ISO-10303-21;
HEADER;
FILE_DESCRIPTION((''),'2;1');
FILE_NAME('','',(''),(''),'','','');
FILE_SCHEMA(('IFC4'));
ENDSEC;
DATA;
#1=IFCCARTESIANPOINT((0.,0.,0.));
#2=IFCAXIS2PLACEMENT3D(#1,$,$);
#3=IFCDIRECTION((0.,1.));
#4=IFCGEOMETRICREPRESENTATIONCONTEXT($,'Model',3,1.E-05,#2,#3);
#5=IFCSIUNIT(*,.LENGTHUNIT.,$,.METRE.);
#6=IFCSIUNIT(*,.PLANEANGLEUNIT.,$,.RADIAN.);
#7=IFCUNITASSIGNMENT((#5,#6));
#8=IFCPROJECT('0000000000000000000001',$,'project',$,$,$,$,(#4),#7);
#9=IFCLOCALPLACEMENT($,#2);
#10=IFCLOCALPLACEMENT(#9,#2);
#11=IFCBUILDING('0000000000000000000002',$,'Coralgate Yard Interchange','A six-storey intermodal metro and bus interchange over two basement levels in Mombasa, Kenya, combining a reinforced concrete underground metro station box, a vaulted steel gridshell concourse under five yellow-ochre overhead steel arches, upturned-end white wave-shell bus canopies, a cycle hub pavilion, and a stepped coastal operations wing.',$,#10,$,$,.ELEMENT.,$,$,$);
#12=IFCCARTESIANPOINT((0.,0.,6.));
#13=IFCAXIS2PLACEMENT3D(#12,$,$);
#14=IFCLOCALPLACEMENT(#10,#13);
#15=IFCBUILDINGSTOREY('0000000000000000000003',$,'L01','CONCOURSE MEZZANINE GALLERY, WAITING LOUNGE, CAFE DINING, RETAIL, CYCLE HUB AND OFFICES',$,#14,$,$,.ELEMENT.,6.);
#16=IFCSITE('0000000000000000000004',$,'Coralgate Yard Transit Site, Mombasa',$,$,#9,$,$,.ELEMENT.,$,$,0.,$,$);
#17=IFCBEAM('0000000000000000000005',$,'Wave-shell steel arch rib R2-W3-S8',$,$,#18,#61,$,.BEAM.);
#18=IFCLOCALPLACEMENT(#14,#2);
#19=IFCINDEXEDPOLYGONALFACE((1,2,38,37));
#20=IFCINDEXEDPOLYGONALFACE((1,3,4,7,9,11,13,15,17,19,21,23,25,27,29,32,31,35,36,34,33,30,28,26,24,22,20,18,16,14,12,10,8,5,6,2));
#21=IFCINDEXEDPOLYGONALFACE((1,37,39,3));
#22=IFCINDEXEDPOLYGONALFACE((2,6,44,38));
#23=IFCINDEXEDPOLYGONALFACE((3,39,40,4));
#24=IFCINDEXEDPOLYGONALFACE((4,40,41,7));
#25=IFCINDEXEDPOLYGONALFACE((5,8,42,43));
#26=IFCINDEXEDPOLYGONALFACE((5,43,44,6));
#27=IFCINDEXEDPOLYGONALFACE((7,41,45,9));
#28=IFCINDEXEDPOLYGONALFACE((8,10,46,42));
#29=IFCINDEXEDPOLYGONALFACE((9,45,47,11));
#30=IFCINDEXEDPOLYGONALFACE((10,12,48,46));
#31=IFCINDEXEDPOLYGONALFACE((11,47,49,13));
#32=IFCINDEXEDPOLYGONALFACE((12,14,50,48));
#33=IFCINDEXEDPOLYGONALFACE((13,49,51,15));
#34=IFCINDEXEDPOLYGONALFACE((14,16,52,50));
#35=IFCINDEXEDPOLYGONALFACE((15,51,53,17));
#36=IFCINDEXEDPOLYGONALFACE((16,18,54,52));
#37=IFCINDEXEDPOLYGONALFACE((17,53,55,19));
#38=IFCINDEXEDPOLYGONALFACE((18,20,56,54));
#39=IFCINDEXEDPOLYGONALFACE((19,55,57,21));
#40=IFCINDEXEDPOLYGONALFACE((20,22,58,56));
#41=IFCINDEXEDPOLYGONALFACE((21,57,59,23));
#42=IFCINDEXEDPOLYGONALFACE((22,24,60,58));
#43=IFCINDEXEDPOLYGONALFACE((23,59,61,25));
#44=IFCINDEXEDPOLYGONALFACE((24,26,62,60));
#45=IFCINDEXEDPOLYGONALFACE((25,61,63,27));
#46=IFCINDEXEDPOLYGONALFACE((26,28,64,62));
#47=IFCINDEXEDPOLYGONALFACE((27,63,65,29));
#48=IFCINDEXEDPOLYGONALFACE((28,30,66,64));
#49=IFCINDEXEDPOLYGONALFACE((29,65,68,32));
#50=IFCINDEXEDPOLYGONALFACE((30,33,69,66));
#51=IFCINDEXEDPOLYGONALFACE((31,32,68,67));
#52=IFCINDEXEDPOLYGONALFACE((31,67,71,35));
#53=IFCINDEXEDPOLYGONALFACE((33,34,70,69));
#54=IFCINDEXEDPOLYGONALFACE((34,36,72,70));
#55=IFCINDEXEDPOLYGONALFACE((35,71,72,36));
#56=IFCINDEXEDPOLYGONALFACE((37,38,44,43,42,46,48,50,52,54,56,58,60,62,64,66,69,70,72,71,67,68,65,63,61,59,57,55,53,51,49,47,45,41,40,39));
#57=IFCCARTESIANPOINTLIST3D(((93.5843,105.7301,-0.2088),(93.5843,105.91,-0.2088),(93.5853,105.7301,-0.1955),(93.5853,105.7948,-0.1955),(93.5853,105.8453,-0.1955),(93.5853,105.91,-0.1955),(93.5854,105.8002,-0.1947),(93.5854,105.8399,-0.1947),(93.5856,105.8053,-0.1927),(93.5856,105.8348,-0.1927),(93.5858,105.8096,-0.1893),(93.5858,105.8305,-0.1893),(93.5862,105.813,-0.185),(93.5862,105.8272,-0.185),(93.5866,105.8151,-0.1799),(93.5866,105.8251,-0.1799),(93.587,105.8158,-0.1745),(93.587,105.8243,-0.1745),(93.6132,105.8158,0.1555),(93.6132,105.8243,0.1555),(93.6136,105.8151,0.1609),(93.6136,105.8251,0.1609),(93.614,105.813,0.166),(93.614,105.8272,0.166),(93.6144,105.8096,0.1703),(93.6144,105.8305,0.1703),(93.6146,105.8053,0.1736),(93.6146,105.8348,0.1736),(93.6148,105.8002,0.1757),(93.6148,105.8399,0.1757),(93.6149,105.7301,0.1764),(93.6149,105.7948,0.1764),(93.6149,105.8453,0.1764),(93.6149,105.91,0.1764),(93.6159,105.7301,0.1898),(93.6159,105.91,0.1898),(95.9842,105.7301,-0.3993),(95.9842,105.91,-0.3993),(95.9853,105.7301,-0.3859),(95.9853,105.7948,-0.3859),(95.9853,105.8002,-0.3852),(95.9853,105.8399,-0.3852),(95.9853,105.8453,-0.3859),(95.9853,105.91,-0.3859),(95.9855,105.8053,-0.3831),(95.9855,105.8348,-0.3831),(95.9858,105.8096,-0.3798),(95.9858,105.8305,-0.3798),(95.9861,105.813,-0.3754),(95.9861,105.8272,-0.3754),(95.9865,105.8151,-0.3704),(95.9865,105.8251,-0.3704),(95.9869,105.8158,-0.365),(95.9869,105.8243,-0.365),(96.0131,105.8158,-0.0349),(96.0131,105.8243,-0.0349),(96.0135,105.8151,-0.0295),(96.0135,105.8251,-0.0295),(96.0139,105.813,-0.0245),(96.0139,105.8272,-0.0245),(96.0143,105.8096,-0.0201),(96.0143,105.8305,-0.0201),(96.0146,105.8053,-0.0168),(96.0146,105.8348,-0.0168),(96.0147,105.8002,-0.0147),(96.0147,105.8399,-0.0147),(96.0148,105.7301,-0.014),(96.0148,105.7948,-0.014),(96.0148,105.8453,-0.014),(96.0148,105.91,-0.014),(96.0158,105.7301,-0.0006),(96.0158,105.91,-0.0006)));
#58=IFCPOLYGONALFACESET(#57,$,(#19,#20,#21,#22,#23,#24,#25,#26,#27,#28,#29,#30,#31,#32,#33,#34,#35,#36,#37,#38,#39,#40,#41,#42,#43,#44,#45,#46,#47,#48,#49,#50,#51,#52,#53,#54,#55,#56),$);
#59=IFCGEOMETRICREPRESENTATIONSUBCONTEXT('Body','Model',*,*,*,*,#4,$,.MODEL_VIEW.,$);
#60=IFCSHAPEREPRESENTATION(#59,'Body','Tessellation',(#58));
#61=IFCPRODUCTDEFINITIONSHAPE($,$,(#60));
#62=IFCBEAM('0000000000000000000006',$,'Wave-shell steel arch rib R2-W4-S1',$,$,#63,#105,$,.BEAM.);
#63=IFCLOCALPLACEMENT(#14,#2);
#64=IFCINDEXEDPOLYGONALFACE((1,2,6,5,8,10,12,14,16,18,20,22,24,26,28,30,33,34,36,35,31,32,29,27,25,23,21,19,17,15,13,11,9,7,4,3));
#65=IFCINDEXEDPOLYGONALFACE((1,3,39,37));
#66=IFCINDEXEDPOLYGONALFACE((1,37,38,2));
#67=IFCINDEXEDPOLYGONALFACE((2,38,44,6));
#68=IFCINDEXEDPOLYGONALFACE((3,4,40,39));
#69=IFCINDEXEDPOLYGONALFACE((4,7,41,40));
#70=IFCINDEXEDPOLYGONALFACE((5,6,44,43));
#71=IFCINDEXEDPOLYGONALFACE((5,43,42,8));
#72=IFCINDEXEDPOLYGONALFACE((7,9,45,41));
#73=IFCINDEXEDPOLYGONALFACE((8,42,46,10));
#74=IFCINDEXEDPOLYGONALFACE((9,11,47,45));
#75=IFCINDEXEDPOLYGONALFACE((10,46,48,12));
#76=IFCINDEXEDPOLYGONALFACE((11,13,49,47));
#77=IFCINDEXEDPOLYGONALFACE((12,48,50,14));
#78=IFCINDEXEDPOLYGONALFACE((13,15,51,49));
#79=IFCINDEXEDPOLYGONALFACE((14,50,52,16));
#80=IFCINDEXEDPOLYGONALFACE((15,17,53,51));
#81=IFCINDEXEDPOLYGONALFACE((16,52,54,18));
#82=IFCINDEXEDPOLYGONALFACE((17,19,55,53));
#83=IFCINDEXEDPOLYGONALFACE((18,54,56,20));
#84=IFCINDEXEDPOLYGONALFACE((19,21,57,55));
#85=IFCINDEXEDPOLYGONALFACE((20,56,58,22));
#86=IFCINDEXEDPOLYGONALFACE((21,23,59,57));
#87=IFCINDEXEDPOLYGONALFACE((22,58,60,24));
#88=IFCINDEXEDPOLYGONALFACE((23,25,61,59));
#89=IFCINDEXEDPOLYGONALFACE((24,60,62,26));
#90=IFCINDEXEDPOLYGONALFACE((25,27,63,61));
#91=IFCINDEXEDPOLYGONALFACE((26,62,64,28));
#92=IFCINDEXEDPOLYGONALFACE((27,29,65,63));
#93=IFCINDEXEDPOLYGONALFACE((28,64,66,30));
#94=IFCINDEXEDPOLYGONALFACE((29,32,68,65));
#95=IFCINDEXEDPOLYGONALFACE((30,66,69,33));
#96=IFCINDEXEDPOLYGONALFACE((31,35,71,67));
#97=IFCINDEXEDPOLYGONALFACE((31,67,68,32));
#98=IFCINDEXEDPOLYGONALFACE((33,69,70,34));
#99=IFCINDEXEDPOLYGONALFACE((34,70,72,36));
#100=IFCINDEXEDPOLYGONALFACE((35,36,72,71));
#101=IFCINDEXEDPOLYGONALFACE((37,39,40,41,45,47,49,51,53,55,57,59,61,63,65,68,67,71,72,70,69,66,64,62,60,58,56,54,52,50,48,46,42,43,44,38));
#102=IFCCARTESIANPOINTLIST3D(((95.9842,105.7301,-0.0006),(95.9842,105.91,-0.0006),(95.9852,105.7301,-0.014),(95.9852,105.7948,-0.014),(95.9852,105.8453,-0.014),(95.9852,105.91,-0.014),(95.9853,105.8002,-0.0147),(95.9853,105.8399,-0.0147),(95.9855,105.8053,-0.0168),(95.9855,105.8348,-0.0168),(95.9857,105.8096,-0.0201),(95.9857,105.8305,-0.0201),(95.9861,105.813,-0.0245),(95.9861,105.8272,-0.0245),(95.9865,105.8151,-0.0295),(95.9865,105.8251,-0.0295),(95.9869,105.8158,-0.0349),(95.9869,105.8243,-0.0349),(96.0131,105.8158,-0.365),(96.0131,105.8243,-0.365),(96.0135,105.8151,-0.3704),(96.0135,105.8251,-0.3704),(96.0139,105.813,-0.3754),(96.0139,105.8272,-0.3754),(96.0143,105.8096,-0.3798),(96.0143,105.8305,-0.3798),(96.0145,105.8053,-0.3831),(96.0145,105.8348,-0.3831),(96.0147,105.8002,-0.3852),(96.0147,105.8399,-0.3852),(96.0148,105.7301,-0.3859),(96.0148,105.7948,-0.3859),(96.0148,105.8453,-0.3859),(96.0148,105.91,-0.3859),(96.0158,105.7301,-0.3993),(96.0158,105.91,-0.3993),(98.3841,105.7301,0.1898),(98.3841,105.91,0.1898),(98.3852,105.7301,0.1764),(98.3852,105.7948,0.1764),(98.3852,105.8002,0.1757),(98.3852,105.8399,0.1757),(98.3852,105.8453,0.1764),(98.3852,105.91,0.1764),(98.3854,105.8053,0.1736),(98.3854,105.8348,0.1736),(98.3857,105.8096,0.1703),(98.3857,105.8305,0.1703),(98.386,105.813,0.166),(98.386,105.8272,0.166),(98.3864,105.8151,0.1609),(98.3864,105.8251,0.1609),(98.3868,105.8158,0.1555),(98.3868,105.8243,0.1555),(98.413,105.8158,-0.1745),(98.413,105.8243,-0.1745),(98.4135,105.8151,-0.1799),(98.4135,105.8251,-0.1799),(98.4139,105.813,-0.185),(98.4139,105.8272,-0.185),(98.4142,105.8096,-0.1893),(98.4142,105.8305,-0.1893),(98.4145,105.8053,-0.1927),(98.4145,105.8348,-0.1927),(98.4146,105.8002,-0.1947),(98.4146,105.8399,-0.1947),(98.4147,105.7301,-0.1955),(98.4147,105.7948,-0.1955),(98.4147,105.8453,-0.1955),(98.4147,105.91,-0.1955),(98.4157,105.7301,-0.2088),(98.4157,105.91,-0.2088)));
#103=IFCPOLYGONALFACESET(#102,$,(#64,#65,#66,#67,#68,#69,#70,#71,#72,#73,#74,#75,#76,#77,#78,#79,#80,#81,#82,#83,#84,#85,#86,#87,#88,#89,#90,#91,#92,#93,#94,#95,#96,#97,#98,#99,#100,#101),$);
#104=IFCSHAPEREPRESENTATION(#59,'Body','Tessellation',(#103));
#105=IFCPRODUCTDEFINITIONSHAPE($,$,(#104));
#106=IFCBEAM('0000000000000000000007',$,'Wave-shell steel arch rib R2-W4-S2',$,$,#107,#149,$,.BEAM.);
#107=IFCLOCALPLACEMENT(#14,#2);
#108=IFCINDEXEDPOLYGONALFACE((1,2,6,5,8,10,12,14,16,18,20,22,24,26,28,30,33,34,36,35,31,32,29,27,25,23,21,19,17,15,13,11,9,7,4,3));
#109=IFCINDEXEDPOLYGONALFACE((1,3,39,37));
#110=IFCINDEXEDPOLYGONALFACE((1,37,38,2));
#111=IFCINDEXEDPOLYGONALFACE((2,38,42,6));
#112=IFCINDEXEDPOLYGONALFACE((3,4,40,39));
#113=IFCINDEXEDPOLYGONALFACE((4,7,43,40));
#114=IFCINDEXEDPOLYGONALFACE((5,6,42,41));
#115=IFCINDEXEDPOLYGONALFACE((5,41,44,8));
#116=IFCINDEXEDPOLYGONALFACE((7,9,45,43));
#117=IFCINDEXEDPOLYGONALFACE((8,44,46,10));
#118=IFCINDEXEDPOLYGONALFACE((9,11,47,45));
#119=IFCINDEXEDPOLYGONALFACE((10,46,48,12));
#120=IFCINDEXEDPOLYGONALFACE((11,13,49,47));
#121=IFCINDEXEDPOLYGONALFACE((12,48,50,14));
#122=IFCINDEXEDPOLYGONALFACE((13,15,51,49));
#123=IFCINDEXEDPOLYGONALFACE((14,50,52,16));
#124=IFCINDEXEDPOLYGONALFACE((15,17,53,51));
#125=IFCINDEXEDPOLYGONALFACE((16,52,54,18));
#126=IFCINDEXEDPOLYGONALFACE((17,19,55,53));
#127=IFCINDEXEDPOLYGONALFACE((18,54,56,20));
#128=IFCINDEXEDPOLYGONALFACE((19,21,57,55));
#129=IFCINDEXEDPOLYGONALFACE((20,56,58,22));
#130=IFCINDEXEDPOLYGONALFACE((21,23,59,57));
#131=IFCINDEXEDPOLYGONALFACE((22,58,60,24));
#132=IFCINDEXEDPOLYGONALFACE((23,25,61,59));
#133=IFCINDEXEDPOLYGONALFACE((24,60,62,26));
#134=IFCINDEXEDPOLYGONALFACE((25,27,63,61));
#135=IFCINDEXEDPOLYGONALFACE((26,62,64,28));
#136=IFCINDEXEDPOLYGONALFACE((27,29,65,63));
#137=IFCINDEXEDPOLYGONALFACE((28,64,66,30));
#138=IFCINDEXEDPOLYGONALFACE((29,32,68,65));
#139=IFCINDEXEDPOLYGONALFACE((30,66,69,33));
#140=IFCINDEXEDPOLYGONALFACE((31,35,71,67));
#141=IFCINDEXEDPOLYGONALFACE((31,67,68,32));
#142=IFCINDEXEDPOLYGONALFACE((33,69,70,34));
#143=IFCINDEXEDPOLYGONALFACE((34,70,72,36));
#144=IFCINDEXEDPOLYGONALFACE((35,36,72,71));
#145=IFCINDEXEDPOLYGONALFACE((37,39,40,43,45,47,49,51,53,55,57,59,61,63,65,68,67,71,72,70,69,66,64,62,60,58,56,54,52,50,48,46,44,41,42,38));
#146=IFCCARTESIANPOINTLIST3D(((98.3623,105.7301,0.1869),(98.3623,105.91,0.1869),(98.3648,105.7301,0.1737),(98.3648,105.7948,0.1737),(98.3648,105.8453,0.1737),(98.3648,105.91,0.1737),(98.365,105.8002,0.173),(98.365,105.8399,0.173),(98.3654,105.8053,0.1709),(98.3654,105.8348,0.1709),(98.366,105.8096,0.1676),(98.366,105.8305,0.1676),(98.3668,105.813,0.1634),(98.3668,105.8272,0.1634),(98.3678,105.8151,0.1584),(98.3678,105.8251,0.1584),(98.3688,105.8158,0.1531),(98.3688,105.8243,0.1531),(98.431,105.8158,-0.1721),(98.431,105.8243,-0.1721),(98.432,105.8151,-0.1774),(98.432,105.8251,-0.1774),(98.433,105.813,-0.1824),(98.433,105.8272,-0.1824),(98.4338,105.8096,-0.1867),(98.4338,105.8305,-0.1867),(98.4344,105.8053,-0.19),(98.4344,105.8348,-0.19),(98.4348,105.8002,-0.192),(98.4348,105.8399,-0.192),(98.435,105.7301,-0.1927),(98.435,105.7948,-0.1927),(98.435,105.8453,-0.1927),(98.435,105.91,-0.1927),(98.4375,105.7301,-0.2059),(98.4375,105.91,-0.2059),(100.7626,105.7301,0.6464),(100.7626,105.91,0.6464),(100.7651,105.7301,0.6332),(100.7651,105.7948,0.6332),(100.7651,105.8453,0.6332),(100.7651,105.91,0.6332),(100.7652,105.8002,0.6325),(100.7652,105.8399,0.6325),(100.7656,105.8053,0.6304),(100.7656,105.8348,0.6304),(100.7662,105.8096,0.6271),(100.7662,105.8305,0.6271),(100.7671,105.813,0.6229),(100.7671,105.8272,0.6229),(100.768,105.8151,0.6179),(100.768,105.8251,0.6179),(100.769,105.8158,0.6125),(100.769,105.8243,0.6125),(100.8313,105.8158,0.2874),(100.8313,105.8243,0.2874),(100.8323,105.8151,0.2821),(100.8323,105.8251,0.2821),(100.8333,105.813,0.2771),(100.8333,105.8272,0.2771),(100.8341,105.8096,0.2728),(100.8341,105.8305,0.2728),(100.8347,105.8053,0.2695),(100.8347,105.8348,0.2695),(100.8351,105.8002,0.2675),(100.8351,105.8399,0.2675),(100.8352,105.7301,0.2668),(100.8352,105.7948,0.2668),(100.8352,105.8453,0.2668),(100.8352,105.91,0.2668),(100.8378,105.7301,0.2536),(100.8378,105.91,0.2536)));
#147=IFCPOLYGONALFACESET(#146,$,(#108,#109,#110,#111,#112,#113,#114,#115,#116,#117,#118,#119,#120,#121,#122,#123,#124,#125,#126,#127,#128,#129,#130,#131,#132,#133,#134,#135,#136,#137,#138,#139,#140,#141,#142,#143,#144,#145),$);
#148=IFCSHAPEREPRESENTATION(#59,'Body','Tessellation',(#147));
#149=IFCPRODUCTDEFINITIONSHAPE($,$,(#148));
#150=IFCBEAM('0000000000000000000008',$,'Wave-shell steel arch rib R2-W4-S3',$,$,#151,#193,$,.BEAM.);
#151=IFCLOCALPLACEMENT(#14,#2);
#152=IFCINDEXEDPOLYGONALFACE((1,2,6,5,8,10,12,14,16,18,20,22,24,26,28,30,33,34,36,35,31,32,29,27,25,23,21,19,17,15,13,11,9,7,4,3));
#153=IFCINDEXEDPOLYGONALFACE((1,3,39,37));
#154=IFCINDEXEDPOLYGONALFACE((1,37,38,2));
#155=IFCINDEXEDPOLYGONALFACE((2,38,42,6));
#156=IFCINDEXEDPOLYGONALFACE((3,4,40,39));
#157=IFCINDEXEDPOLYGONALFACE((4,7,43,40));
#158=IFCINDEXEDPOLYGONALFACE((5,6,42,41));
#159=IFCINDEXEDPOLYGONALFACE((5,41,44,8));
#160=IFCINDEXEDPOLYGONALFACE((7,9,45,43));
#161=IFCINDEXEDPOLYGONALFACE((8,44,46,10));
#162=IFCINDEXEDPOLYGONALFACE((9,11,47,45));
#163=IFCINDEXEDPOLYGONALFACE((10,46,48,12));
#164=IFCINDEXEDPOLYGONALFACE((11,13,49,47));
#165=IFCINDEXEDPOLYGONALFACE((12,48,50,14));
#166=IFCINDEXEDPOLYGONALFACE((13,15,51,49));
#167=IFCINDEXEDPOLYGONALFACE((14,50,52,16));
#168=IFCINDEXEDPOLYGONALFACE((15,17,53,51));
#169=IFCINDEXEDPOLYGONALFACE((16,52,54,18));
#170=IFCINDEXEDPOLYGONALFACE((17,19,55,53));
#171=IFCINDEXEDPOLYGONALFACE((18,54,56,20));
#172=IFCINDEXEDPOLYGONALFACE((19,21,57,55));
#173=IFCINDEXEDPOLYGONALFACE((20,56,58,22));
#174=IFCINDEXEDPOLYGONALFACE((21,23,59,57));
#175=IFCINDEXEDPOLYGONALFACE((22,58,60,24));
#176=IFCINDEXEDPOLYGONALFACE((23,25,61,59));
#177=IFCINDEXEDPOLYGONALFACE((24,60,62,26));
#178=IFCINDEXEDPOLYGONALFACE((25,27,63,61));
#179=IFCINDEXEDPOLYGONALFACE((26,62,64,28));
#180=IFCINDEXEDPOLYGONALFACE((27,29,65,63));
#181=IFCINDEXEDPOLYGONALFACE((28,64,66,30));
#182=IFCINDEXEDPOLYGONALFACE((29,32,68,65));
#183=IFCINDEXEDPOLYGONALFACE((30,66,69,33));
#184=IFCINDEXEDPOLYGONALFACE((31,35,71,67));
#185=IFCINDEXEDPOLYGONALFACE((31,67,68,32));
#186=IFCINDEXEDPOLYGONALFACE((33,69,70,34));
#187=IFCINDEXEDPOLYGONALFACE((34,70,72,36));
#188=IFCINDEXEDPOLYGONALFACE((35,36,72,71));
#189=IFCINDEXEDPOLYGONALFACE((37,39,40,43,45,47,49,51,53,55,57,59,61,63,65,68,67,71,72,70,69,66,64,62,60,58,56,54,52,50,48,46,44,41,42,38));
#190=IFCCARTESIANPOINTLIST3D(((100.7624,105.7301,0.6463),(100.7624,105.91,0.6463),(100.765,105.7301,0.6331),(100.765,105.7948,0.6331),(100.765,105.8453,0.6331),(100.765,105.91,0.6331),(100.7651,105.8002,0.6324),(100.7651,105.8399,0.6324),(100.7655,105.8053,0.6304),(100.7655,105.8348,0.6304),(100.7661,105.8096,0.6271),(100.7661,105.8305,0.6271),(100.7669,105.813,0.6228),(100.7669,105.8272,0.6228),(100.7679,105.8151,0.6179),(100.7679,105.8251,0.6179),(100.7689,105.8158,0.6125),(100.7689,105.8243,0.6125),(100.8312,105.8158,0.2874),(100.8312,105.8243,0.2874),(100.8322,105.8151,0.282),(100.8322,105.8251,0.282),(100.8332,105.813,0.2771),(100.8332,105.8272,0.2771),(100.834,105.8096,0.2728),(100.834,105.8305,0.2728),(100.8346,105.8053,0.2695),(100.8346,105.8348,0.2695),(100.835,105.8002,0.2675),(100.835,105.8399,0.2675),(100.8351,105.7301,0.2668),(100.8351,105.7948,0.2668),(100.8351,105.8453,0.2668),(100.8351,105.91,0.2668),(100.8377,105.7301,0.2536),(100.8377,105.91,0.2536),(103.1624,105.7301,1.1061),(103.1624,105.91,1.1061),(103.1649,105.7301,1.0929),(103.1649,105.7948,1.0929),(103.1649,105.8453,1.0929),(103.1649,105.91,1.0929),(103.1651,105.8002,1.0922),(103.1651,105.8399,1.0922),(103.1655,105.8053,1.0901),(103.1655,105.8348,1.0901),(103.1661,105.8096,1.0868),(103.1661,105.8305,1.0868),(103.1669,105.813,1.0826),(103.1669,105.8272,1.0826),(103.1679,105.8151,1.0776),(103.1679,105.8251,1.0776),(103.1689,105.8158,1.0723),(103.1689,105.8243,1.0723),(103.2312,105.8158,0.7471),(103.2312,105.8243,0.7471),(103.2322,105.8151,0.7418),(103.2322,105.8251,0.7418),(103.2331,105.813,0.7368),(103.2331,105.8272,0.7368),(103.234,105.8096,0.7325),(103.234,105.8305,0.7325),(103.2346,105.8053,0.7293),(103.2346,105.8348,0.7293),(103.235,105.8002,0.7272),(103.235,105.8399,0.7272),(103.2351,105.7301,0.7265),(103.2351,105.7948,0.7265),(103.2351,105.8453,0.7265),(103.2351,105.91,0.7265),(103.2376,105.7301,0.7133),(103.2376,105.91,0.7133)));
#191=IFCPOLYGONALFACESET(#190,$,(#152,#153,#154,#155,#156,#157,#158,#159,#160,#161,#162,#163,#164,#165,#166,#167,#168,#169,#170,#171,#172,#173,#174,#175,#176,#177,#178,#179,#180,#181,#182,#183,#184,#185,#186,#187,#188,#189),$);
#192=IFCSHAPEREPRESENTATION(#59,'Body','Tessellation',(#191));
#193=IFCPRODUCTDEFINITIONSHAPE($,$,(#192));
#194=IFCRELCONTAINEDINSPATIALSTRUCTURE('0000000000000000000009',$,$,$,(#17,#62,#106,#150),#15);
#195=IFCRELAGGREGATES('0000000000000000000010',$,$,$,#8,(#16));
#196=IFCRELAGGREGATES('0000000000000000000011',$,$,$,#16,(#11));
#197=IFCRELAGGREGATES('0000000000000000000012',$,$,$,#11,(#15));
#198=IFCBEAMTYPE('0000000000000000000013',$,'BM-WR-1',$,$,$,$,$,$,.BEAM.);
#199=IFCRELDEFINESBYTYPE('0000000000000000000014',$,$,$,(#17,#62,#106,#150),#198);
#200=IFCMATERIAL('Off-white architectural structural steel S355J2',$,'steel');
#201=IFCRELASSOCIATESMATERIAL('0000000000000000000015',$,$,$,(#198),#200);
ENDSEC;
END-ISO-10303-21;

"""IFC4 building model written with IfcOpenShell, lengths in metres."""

from ifc_helpers import new_model, si_unit, direction, frame, origin, origin_2d, place, context, subcontext, project, spatial, i_section, extrude, material, material_profile, profile_set, type_object, element, save


model = new_model("IFC4")

# Units and contexts
model_context = context("Model", 3, precision=1e-05, world=origin(), true_north=direction((0.0, 1.0)))
body_context = subcontext(model_context, "Body", "Model", "MODEL_VIEW")
ifc_project = project(units=[si_unit("LENGTHUNIT", "METRE"), si_unit("PLANEANGLEUNIT", "RADIAN")], contexts=[model_context])

# Site, building, storey
site_placement = place(None, origin())
site = spatial("IfcSite", under=ifc_project, at=site_placement, Name="Coralgate Yard Transit Site, Mombasa", CompositionType="ELEMENT", RefElevation=0.0)
building_placement = place(site_placement, origin())
building = spatial("IfcBuilding", under=site, at=building_placement, Name="Coralgate Yard Interchange", Description="A six-storey intermodal metro and bus interchange over two basement levels in Mombasa, Kenya, combining a reinforced concrete underground metro station box, a vaulted steel gridshell concourse under five yellow-ochre overhead steel arches, upturned-end white wave-shell bus canopies, a cycle hub pavilion, and a stepped coastal operations wing.", CompositionType="ELEMENT")
storey_placement = place(building_placement, frame((0.0, 0.0, 6.0)))
storey = spatial("IfcBuildingStorey", under=building, at=storey_placement, Name="L01", Description="CONCOURSE MEZZANINE GALLERY, WAITING LOUNGE, CAFE DINING, RETAIL, CYCLE HUB AND OFFICES", CompositionType="ELEMENT", Elevation=6.0)

# Beams
ifc_material_1 = material(Name="Off-white architectural structural steel S355J2", Category="steel")
ifc_material_profile_1 = material_profile(ifc_material_1, i_section(OverallWidth=0.1799, OverallDepth=0.3999, WebThickness=0.0085, FlangeThickness=0.0134, FilletRadius=0.021, at=origin_2d()), Name="IPE 400")
ifc_profile_set_1 = profile_set([ifc_material_profile_1], Name="Off-white architectural structural steel S355J2")
beam_type_1 = type_object("IfcBeamType", Name="BM-WR-1", PredefinedType="BEAM", material=ifc_profile_set_1)
for number, where, z_axis, x_axis, name in (
    (1, (93.6001, 105.8201, -0.0095), (0.996867, 0.0, -0.0791), (0.0, 1.0, 0.0), "Wave-shell steel arch rib R2-W3-S8"),
    (2, (96.0, 105.8201, -0.2), (0.996867, 0.0, 0.0791), (0.0, 1.0, 0.0), "Wave-shell steel arch rib R2-W4-S1"),
):
    element("IfcBeam", number, at=place(storey_placement, frame(where, z_axis=z_axis, x_axis=x_axis)), inside=storey, type_object=beam_type_1, Name=name, PredefinedType="BEAM", context=body_context, shape_type="SweptSolid", body=[
        extrude(i_section(OverallWidth=0.1799, OverallDepth=0.3999, WebThickness=0.0085, FlangeThickness=0.0134, FilletRadius=0.021, at=origin_2d()), origin(), (0.0, 0.0, 1.0), 2.4075),
    ])
beam_1_placement = place(storey_placement, frame((98.3999, 105.8201, -0.0095), z_axis=(0.982165, 0.0, 0.188021), x_axis=(0.0, 1.0, 0.0)))
element("IfcBeam", 3, at=beam_1_placement, inside=storey, type_object=beam_type_1, Name="Wave-shell steel arch rib R2-W4-S2", PredefinedType="BEAM", context=body_context, shape_type="SweptSolid", body=[
    extrude(i_section(OverallWidth=0.1799, OverallDepth=0.3999, WebThickness=0.0085, FlangeThickness=0.0134, FilletRadius=0.021, at=origin_2d()), origin(), (0.0, 0.0, 1.0), 2.4438),
])
beam_2_placement = place(storey_placement, frame((100.8, 105.8201, 0.45), z_axis=(0.982143, 0.0, 0.188136), x_axis=(0.0, 1.0, 0.0)))
element("IfcBeam", 4, at=beam_2_placement, inside=storey, type_object=beam_type_1, Name="Wave-shell steel arch rib R2-W4-S3", PredefinedType="BEAM", context=body_context, shape_type="SweptSolid", body=[
    extrude(i_section(OverallWidth=0.1799, OverallDepth=0.3999, WebThickness=0.0085, FlangeThickness=0.0134, FilletRadius=0.021, at=origin_2d()), origin(), (0.0, 0.0, 1.0), 2.4436),
])

save(model, "model.ifc")
